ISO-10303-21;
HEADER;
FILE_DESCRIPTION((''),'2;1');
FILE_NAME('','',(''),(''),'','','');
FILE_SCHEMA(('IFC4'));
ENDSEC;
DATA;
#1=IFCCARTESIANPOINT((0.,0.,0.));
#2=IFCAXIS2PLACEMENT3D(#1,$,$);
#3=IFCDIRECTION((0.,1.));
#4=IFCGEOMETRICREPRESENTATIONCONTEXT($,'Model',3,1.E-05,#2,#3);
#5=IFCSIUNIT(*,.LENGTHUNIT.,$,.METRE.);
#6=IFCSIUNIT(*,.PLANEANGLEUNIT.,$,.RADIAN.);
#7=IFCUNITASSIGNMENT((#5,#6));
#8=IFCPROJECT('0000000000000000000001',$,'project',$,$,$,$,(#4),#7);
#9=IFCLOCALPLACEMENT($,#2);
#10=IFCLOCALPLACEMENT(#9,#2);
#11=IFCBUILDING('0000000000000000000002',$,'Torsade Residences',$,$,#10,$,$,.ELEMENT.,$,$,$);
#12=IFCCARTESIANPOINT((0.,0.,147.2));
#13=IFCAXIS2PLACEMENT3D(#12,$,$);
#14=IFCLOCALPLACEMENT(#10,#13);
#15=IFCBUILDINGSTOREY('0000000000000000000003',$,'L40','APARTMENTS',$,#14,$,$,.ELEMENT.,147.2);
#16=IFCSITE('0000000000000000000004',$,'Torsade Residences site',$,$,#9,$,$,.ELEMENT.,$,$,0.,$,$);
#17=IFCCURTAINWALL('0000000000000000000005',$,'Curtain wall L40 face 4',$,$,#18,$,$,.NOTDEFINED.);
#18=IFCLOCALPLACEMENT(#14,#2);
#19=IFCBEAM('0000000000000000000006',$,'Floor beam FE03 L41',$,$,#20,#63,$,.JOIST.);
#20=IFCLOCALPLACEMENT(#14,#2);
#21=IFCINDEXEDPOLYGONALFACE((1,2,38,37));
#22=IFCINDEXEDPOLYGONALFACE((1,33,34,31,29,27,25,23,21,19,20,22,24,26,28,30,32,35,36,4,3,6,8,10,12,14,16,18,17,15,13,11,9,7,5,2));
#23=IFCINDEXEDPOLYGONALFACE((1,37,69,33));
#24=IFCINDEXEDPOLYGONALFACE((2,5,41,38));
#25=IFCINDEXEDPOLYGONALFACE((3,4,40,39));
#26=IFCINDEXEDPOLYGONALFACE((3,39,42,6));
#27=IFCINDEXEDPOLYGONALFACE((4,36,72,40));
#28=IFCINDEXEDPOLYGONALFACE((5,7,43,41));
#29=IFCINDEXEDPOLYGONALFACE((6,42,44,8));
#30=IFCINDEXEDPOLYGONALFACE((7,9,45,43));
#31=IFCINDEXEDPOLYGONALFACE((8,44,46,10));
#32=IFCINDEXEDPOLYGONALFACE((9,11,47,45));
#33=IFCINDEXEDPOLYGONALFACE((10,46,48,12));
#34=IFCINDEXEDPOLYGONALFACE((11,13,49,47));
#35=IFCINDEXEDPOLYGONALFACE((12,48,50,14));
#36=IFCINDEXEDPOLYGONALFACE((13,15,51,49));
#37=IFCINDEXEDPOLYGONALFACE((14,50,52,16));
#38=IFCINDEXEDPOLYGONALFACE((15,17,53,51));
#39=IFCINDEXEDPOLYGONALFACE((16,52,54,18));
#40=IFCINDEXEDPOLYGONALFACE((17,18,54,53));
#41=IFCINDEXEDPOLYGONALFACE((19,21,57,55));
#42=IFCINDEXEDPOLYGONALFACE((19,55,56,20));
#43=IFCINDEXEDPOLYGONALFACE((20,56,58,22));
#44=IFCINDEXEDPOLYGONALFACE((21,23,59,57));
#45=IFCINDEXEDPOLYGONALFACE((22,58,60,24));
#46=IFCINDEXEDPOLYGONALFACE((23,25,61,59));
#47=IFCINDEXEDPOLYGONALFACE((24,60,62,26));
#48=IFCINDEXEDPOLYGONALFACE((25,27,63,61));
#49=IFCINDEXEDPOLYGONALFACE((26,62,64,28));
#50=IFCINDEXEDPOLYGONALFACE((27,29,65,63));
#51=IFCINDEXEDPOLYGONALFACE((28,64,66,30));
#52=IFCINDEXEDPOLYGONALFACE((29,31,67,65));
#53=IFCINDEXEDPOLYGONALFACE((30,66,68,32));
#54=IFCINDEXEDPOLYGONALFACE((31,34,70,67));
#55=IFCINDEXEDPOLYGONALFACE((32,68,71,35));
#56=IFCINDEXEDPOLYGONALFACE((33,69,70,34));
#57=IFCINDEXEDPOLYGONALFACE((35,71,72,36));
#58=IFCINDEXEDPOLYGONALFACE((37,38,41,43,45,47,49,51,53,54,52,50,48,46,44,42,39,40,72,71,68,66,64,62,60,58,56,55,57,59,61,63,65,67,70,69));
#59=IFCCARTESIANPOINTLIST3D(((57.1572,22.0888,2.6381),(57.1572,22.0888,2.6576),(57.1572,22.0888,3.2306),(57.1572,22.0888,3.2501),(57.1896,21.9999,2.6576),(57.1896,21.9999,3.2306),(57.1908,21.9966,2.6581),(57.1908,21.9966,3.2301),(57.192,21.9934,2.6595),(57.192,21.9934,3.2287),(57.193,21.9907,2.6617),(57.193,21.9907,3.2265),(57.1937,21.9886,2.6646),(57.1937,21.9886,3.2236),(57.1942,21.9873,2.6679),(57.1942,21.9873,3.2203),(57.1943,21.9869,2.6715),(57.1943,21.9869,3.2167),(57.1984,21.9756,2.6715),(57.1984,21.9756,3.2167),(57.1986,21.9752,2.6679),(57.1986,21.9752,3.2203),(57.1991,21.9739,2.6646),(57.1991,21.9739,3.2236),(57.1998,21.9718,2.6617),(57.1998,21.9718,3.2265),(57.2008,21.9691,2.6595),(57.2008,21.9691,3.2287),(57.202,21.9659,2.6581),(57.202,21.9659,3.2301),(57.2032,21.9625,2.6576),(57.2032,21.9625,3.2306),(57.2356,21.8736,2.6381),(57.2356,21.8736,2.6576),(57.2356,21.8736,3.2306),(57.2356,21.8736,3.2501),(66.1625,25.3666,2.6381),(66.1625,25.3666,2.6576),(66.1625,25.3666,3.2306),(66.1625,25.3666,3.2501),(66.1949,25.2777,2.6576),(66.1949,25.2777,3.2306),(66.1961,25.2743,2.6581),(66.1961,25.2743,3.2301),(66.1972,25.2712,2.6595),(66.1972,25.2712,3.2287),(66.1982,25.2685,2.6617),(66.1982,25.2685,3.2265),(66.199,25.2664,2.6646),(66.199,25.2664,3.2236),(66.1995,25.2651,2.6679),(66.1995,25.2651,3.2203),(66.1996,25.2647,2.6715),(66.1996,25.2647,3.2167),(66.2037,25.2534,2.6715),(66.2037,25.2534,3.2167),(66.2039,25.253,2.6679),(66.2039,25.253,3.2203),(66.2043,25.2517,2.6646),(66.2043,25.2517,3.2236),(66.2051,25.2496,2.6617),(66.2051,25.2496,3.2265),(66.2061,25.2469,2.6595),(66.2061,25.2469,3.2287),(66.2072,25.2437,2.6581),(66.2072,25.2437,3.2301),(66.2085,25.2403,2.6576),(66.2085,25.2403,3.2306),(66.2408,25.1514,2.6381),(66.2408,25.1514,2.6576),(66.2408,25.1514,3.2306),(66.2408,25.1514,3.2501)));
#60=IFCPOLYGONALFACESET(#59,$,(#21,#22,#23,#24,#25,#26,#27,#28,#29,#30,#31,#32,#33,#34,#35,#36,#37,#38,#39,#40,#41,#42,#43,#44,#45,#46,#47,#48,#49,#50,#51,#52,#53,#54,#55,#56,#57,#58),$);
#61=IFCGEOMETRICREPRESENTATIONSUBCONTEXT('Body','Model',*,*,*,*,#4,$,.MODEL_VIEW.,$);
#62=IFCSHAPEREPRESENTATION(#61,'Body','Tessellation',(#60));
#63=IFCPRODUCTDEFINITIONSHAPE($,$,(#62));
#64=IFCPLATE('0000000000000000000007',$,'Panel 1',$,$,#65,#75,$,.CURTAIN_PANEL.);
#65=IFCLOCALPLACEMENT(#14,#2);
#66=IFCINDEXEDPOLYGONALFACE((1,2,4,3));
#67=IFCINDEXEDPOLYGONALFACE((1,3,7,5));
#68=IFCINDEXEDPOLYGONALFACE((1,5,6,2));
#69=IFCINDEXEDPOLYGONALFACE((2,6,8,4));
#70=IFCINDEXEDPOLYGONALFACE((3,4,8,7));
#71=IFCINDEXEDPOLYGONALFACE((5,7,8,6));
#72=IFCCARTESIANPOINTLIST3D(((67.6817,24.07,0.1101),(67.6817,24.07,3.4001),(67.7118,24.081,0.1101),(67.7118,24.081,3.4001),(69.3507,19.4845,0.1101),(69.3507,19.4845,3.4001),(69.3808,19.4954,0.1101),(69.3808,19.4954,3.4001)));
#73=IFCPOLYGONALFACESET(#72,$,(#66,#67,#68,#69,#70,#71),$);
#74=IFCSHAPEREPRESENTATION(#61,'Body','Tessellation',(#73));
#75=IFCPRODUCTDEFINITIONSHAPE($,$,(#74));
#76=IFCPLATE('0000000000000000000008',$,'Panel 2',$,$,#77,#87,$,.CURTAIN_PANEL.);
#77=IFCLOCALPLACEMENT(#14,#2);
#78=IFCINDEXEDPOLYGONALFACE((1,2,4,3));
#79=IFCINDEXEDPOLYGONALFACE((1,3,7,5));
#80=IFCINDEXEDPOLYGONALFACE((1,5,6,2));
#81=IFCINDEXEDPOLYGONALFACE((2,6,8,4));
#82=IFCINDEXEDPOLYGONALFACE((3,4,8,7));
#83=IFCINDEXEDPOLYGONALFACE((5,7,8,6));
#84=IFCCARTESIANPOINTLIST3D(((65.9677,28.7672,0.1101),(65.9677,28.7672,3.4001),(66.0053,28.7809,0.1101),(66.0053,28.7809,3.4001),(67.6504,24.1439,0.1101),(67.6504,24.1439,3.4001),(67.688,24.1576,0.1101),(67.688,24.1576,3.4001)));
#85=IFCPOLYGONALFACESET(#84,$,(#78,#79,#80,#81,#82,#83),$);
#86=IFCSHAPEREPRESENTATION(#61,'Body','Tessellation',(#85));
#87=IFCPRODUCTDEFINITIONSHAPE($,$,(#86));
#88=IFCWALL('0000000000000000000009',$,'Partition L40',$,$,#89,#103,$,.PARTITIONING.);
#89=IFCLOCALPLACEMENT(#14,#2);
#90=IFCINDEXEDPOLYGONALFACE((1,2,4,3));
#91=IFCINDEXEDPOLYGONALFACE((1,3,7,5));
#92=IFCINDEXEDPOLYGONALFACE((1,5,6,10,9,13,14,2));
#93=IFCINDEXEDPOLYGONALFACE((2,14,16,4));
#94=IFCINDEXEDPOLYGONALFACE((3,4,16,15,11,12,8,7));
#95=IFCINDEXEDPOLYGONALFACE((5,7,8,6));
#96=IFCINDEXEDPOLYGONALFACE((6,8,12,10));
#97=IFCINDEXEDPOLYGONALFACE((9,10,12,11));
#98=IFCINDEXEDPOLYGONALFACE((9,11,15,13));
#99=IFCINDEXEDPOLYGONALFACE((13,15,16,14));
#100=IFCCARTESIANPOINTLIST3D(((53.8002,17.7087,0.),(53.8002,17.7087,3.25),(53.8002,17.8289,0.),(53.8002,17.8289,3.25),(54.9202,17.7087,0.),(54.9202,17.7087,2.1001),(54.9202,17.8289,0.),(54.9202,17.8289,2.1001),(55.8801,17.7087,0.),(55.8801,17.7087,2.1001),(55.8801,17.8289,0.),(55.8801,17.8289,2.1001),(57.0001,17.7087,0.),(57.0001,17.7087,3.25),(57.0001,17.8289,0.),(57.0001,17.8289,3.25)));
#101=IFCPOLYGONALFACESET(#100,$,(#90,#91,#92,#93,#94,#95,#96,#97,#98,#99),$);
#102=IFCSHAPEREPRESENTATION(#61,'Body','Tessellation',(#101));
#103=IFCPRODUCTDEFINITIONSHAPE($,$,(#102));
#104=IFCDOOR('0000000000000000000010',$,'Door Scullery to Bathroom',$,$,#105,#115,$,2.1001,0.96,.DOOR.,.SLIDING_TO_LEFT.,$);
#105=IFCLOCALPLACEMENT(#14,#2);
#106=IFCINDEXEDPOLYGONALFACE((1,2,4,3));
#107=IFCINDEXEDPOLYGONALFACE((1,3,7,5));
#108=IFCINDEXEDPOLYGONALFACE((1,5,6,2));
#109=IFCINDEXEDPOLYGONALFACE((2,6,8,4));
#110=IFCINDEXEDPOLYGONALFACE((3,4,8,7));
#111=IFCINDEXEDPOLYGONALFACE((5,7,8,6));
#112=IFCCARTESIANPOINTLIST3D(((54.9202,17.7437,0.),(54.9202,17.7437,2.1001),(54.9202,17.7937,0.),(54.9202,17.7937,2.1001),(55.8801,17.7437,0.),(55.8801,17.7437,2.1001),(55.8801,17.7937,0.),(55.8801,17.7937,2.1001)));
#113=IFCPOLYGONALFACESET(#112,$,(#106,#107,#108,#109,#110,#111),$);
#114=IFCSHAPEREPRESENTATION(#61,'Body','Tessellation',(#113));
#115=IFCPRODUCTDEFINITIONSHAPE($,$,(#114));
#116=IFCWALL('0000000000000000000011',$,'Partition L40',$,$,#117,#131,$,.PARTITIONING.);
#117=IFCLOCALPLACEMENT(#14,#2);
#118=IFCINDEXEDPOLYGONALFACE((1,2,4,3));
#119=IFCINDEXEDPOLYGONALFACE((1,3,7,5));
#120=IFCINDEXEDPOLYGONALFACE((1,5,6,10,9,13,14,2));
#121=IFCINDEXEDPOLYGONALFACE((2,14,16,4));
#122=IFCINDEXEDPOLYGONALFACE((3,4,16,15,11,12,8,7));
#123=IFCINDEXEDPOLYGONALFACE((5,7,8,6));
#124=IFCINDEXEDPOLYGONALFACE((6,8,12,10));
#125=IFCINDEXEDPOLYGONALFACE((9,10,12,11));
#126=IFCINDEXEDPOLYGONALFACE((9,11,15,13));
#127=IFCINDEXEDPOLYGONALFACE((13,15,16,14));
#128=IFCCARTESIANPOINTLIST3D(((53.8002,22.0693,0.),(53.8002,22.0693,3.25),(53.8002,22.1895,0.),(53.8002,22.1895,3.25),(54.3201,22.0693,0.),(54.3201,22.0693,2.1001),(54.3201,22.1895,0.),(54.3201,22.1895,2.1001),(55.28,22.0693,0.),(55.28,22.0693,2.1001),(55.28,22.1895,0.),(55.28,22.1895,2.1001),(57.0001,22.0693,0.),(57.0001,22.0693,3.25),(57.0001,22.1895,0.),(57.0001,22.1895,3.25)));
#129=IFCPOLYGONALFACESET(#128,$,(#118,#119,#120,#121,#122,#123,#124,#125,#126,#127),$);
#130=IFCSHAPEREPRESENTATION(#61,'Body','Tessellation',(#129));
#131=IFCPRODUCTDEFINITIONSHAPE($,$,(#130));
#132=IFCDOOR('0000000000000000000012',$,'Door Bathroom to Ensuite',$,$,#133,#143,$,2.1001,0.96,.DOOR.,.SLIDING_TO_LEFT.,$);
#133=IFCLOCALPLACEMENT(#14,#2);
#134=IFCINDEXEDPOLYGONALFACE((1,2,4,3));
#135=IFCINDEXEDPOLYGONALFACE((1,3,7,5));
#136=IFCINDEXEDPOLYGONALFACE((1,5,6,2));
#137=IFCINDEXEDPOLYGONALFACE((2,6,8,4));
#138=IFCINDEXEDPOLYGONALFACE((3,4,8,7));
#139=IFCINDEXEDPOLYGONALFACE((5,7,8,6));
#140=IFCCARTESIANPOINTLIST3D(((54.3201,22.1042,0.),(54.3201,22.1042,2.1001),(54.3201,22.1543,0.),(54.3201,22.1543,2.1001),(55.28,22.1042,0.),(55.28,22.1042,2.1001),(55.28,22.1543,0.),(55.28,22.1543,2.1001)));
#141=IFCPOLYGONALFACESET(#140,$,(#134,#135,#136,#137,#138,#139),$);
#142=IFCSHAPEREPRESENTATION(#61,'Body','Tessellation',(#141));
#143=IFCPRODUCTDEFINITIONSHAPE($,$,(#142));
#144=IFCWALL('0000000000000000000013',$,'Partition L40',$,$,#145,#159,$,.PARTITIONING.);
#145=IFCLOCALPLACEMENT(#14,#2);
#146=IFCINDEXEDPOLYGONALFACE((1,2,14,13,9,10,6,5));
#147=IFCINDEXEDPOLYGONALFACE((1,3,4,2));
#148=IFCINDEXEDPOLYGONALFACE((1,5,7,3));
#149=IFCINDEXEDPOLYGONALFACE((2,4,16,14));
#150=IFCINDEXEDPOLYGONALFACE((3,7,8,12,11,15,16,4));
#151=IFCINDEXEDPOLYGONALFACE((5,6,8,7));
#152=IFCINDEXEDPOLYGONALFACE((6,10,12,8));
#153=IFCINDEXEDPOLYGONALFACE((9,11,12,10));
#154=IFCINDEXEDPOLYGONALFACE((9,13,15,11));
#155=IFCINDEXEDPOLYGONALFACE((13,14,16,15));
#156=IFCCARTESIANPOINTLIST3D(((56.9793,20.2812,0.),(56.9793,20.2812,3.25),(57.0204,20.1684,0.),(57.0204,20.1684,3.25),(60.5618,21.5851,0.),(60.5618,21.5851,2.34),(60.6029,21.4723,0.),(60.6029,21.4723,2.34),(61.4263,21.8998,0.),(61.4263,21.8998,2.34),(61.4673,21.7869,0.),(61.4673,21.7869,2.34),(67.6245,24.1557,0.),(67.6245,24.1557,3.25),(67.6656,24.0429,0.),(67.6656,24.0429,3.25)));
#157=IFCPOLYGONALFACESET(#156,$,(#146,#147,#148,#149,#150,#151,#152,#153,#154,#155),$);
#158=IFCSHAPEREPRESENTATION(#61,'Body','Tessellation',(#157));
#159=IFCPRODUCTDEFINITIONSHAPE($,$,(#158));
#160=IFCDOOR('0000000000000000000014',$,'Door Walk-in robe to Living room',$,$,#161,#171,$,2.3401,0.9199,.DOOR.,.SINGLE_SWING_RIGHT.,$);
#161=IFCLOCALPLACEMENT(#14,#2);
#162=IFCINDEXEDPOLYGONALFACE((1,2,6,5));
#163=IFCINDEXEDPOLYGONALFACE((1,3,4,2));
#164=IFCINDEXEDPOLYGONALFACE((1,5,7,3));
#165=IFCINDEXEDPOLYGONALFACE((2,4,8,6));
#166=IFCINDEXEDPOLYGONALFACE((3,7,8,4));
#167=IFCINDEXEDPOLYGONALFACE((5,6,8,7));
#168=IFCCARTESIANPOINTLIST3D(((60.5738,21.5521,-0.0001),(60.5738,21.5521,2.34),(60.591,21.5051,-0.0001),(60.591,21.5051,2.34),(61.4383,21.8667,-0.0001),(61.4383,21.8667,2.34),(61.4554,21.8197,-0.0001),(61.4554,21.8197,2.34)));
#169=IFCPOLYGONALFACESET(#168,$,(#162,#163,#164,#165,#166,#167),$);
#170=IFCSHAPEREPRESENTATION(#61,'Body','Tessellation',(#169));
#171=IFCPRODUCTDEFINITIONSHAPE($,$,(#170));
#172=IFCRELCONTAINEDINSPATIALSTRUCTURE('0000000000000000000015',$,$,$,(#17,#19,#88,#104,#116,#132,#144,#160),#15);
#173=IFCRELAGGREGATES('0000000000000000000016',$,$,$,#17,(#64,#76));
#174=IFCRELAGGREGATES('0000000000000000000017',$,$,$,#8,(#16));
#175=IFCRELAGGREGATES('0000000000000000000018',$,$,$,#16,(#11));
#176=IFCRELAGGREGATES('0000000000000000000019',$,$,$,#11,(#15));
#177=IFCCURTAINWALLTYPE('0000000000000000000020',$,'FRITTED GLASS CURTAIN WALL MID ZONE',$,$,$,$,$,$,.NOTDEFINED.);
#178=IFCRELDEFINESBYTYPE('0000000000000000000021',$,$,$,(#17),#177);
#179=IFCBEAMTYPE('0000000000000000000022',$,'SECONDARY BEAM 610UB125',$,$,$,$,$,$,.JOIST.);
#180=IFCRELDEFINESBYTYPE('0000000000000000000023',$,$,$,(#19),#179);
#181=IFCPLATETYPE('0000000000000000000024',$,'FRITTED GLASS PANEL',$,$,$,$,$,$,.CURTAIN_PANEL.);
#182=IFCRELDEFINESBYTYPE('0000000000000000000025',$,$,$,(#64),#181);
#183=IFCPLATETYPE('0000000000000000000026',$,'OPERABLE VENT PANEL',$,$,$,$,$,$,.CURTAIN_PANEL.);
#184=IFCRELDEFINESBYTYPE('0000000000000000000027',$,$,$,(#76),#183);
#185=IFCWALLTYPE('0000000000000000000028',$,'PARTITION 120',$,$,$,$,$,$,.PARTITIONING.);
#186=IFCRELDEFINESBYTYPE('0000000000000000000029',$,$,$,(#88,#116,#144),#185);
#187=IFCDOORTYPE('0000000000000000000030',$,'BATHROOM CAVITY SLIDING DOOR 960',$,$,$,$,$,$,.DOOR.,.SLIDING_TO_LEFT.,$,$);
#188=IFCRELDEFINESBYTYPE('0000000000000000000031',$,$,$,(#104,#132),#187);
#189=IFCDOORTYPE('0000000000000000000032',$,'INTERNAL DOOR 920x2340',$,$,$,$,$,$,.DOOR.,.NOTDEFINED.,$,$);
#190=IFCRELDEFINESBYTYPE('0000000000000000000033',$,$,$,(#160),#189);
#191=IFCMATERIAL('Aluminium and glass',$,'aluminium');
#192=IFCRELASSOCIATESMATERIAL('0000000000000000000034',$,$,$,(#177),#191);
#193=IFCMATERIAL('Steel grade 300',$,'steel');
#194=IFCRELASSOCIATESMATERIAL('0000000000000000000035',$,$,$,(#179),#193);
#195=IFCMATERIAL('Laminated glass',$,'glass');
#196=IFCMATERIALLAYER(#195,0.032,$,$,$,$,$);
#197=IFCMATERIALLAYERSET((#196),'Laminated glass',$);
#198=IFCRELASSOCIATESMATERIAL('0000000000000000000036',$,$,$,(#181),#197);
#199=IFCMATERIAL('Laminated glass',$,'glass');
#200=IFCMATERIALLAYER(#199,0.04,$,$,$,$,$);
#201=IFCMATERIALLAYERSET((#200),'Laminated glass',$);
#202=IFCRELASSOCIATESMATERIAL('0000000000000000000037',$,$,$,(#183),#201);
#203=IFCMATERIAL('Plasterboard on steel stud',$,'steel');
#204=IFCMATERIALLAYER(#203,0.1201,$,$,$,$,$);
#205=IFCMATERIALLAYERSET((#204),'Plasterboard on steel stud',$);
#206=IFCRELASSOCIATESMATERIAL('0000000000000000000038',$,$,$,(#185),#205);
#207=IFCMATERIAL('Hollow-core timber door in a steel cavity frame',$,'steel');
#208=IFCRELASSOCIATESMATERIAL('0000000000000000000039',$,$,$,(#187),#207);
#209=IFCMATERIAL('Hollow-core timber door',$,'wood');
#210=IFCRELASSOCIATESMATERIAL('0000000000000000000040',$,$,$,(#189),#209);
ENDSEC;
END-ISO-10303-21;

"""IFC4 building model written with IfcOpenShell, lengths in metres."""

from ifc_helpers import new_model, si_unit, direction, frame, frame_2d, origin, origin_2d, place, context, subcontext, project, spatial, rectangle, i_section, extrude, material, layer, layer_set, material_profile, profile_set, type_object, element, fill, aggregate, save


model = new_model("IFC4")

# Units and contexts
model_context = context("Model", 3, precision=1e-05, world=origin(), true_north=direction((0.0, 1.0)))
body_context = subcontext(model_context, "Body", "Model", "MODEL_VIEW")
ifc_project = project(units=[si_unit("LENGTHUNIT", "METRE"), si_unit("PLANEANGLEUNIT", "RADIAN")], contexts=[model_context])

# Site, building, storey
site_placement = place(None, origin())
site = spatial("IfcSite", under=ifc_project, at=site_placement, Name="Torsade Residences site", CompositionType="ELEMENT", RefElevation=0.0)
building_placement = place(site_placement, origin())
building = spatial("IfcBuilding", under=site, at=building_placement, Name="Torsade Residences", CompositionType="ELEMENT")
storey_placement = place(building_placement, frame((0.0, 0.0, 147.2)))
storey = spatial("IfcBuildingStorey", under=building, at=storey_placement, Name="L40", Description="APARTMENTS", CompositionType="ELEMENT", Elevation=147.2)

# Curtain wall
ifc_material_1 = material(Name="Aluminium and glass", Category="aluminium")
curtain_wall_type = type_object("IfcCurtainWallType", Name="FRITTED GLASS CURTAIN WALL MID ZONE", PredefinedType="NOTDEFINED", material=ifc_material_1)
curtain_wall_placement = place(storey_placement, origin())
curtain_wall = element("IfcCurtainWall", 1, at=curtain_wall_placement, inside=storey, type_object=curtain_wall_type, Name="Curtain wall L40 face 4", PredefinedType="NOTDEFINED")

# Beam
ifc_material_2 = material(Name="Steel grade 300", Category="steel")
ifc_material_profile_1 = material_profile(ifc_material_2, i_section(OverallWidth=0.229, OverallDepth=0.6121, WebThickness=0.012, FlangeThickness=0.0195, FilletRadius=0.0139, at=origin_2d()), Name="610UB125")
ifc_profile_set_1 = profile_set([ifc_material_profile_1], Name="Steel grade 300")
beam_type_1 = type_object("IfcBeamType", Name="SECONDARY BEAM 610UB125", PredefinedType="JOIST", material=ifc_profile_set_1)
beam_1_placement = place(storey_placement, frame((66.2017, 25.259, 2.9441), z_axis=(-0.939688, -0.342034, 0.0), x_axis=(0.342034, -0.939688, 0.0)))
element("IfcBeam", 2, at=beam_1_placement, inside=storey, type_object=beam_type_1, Name="Floor beam FE03 L41", PredefinedType="JOIST", context=body_context, shape_type="SweptSolid", body=[
    extrude(i_section(OverallWidth=0.229, OverallDepth=0.6121, WebThickness=0.012, FlangeThickness=0.0195, FilletRadius=0.0139, at=origin_2d()), origin(), (0.0, 0.0, 1.0), 9.5833),
])

# Plates
ifc_material_3 = material(Name="Laminated glass", Category="glass")
ifc_layer_1 = layer(ifc_material_3, 0.032)
ifc_layer_set_1 = layer_set([ifc_layer_1], Name="Laminated glass")
plate_type_1 = type_object("IfcPlateType", Name="FRITTED GLASS PANEL", PredefinedType="CURTAIN_PANEL", material=ifc_layer_set_1)
plate_1_placement = place(storey_placement, frame((68.5312, 21.7827, 0.1101), z_axis=(0.0, 0.0, 1.0), x_axis=(-0.34202, 0.939693, 0.0)))
plate_1 = element("IfcPlate", 3, at=plate_1_placement, type_object=plate_type_1, Name="Panel 1", PredefinedType="CURTAIN_PANEL", context=body_context, shape_type="SweptSolid", body=[
    extrude(rectangle(XDim=4.8799, YDim=0.032, at=origin_2d()), origin(), (0.0, 0.0, 1.0), 3.29),
])
ifc_material_4 = material(Name="Laminated glass", Category="glass")
ifc_layer_2 = layer(ifc_material_4, 0.04)
ifc_layer_set_2 = layer_set([ifc_layer_2], Name="Laminated glass")
plate_type_2 = type_object("IfcPlateType", Name="OPERABLE VENT PANEL", PredefinedType="CURTAIN_PANEL", material=ifc_layer_set_2)
plate_2_placement = place(storey_placement, frame((66.8279, 26.4624, 0.1101), z_axis=(0.0, 0.0, 1.0), x_axis=(-0.34202, 0.939693, 0.0)))
plate_2 = element("IfcPlate", 4, at=plate_2_placement, type_object=plate_type_2, Name="Panel 2", PredefinedType="CURTAIN_PANEL", context=body_context, shape_type="SweptSolid", body=[
    extrude(rectangle(XDim=4.9199, YDim=0.04, at=origin_2d()), origin(), (0.0, 0.0, 1.0), 3.29),
])
aggregate(curtain_wall, [plate_1, plate_2])

# Walls, openings, doors
ifc_material_5 = material(Name="Plasterboard on steel stud", Category="steel")
ifc_layer_3 = layer(ifc_material_5, 0.1201)
ifc_layer_set_3 = layer_set([ifc_layer_3], Name="Plasterboard on steel stud")
wall_type_1 = type_object("IfcWallType", Name="PARTITION 120", PredefinedType="PARTITIONING", material=ifc_layer_set_3)
wall_1_placement = place(storey_placement, frame((53.8, 17.7688, 0.0), z_axis=(0.0, 0.0, 1.0), x_axis=(1.0, 0.0, 0.0)))
wall_1 = element("IfcWall", 5, at=wall_1_placement, inside=storey, type_object=wall_type_1, Name="Partition L40", PredefinedType="PARTITIONING", context=body_context, shape_type="SweptSolid", body=[
    extrude(rectangle(XDim=3.2, YDim=0.1201, at=frame_2d((1.6001, 0.0))), origin(), (0.0, 0.0, 1.0), 3.25),
])
opening_1_placement = place(wall_1_placement, frame((1.1201, 0.0, 0.0)))
opening_1 = element("IfcOpeningElement", 6, at=opening_1_placement, cuts=wall_1, PredefinedType="OPENING", context=body_context, shape_type="SweptSolid", body=[
    extrude(rectangle(XDim=0.96, YDim=2.1001, at=frame_2d((0.48, 1.05))), frame((0.0, 0.0701, 0.0), z_axis=(0.0, -1.0, 0.0), x_axis=(1.0, 0.0, 0.0)), (0.0, 0.0, 1.0), 0.1401),
])
ifc_material_6 = material(Name="Hollow-core timber door in a steel cavity frame", Category="steel")
door_type_1 = type_object("IfcDoorType", Name="BATHROOM CAVITY SLIDING DOOR 960", OperationType="SLIDING_TO_LEFT", PredefinedType="DOOR", material=ifc_material_6)
door_1_placement = place(opening_1_placement, origin())
door_1 = element("IfcDoor", 7, at=door_1_placement, inside=storey, type_object=door_type_1, Name="Door Scullery to Bathroom", OperationType="SLIDING_TO_LEFT", OverallHeight=2.1001, OverallWidth=0.96, PredefinedType="DOOR", context=body_context, shape_type="SweptSolid", body=[
    extrude(rectangle(XDim=0.96, YDim=2.1001, at=frame_2d((0.48, 1.05))), frame((0.0, 0.0249, 0.0), z_axis=(0.0, -1.0, 0.0), x_axis=(1.0, 0.0, 0.0)), (0.0, 0.0, 1.0), 0.05),
])
fill(opening_1, door_1)
wall_2_placement = place(storey_placement, frame((53.8, 22.1294, 0.0), z_axis=(0.0, 0.0, 1.0), x_axis=(1.0, 0.0, 0.0)))
wall_2 = element("IfcWall", 8, at=wall_2_placement, inside=storey, type_object=wall_type_1, Name="Partition L40", PredefinedType="PARTITIONING", context=body_context, shape_type="SweptSolid", body=[
    extrude(rectangle(XDim=3.2, YDim=0.1201, at=frame_2d((1.6001, 0.0))), origin(), (0.0, 0.0, 1.0), 3.25),
])
opening_2_placement = place(wall_2_placement, frame((0.52, 0.0, 0.0)))
opening_2 = element("IfcOpeningElement", 9, at=opening_2_placement, cuts=wall_2, PredefinedType="OPENING", context=body_context, shape_type="SweptSolid", body=[
    extrude(rectangle(XDim=0.96, YDim=2.1001, at=frame_2d((0.48, 1.05))), frame((0.0, 0.0701, 0.0), z_axis=(0.0, -1.0, 0.0), x_axis=(1.0, 0.0, 0.0)), (0.0, 0.0, 1.0), 0.1401),
])
door_2_placement = place(opening_2_placement, origin())
door_2 = element("IfcDoor", 10, at=door_2_placement, inside=storey, type_object=door_type_1, Name="Door Bathroom to Ensuite", OperationType="SLIDING_TO_LEFT", OverallHeight=2.1001, OverallWidth=0.96, PredefinedType="DOOR", context=body_context, shape_type="SweptSolid", body=[
    extrude(rectangle(XDim=0.96, YDim=2.1001, at=frame_2d((0.48, 1.05))), frame((0.0, 0.0249, 0.0), z_axis=(0.0, -1.0, 0.0), x_axis=(1.0, 0.0, 0.0)), (0.0, 0.0, 1.0), 0.05),
])
fill(opening_2, door_2)
wall_3_placement = place(storey_placement, frame((57.0, 20.2249, 0.0), z_axis=(0.0, 0.0, 1.0), x_axis=(0.939694, 0.342016, 0.0)))
wall_3 = element("IfcWall", 11, at=wall_3_placement, inside=storey, type_object=wall_type_1, Name="Partition L40", PredefinedType="PARTITIONING", context=body_context, shape_type="SweptSolid", body=[
    extrude(rectangle(XDim=11.3284, YDim=0.1201, at=frame_2d((5.6641, 0.0))), origin(), (0.0, 0.0, 1.0), 3.25),
])
opening_3_placement = place(wall_3_placement, frame((3.8123, 0.0, 0.0)))
opening_3 = element("IfcOpeningElement", 12, at=opening_3_placement, cuts=wall_3, PredefinedType="OPENING", context=body_context, shape_type="SweptSolid", body=[
    extrude(rectangle(XDim=0.9199, YDim=2.3401, at=frame_2d((0.46, 1.1699))), frame((0.0, 0.0701, 0.0), z_axis=(0.0, -1.0, 0.0), x_axis=(1.0, 0.0, 0.0)), (0.0, 0.0, 1.0), 0.1401),
])
ifc_material_7 = material(Name="Hollow-core timber door", Category="wood")
door_type_2 = type_object("IfcDoorType", Name="INTERNAL DOOR 920x2340", OperationType="NOTDEFINED", PredefinedType="DOOR", material=ifc_material_7)
door_3_placement = place(opening_3_placement, origin())
door_3 = element("IfcDoor", 13, at=door_3_placement, inside=storey, type_object=door_type_2, Name="Door Walk-in robe to Living room", OperationType="SINGLE_SWING_RIGHT", OverallHeight=2.3401, OverallWidth=0.9199, PredefinedType="DOOR", context=body_context, shape_type="SweptSolid", body=[
    extrude(rectangle(XDim=0.9199, YDim=2.3401, at=frame_2d((0.46, 1.1699))), frame((0.0, 0.0249, 0.0), z_axis=(0.0, -1.0, 0.0), x_axis=(1.0, 0.0, 0.0)), (0.0, 0.0, 1.0), 0.05),
])
fill(opening_3, door_3)

save(model, "model.ifc")
